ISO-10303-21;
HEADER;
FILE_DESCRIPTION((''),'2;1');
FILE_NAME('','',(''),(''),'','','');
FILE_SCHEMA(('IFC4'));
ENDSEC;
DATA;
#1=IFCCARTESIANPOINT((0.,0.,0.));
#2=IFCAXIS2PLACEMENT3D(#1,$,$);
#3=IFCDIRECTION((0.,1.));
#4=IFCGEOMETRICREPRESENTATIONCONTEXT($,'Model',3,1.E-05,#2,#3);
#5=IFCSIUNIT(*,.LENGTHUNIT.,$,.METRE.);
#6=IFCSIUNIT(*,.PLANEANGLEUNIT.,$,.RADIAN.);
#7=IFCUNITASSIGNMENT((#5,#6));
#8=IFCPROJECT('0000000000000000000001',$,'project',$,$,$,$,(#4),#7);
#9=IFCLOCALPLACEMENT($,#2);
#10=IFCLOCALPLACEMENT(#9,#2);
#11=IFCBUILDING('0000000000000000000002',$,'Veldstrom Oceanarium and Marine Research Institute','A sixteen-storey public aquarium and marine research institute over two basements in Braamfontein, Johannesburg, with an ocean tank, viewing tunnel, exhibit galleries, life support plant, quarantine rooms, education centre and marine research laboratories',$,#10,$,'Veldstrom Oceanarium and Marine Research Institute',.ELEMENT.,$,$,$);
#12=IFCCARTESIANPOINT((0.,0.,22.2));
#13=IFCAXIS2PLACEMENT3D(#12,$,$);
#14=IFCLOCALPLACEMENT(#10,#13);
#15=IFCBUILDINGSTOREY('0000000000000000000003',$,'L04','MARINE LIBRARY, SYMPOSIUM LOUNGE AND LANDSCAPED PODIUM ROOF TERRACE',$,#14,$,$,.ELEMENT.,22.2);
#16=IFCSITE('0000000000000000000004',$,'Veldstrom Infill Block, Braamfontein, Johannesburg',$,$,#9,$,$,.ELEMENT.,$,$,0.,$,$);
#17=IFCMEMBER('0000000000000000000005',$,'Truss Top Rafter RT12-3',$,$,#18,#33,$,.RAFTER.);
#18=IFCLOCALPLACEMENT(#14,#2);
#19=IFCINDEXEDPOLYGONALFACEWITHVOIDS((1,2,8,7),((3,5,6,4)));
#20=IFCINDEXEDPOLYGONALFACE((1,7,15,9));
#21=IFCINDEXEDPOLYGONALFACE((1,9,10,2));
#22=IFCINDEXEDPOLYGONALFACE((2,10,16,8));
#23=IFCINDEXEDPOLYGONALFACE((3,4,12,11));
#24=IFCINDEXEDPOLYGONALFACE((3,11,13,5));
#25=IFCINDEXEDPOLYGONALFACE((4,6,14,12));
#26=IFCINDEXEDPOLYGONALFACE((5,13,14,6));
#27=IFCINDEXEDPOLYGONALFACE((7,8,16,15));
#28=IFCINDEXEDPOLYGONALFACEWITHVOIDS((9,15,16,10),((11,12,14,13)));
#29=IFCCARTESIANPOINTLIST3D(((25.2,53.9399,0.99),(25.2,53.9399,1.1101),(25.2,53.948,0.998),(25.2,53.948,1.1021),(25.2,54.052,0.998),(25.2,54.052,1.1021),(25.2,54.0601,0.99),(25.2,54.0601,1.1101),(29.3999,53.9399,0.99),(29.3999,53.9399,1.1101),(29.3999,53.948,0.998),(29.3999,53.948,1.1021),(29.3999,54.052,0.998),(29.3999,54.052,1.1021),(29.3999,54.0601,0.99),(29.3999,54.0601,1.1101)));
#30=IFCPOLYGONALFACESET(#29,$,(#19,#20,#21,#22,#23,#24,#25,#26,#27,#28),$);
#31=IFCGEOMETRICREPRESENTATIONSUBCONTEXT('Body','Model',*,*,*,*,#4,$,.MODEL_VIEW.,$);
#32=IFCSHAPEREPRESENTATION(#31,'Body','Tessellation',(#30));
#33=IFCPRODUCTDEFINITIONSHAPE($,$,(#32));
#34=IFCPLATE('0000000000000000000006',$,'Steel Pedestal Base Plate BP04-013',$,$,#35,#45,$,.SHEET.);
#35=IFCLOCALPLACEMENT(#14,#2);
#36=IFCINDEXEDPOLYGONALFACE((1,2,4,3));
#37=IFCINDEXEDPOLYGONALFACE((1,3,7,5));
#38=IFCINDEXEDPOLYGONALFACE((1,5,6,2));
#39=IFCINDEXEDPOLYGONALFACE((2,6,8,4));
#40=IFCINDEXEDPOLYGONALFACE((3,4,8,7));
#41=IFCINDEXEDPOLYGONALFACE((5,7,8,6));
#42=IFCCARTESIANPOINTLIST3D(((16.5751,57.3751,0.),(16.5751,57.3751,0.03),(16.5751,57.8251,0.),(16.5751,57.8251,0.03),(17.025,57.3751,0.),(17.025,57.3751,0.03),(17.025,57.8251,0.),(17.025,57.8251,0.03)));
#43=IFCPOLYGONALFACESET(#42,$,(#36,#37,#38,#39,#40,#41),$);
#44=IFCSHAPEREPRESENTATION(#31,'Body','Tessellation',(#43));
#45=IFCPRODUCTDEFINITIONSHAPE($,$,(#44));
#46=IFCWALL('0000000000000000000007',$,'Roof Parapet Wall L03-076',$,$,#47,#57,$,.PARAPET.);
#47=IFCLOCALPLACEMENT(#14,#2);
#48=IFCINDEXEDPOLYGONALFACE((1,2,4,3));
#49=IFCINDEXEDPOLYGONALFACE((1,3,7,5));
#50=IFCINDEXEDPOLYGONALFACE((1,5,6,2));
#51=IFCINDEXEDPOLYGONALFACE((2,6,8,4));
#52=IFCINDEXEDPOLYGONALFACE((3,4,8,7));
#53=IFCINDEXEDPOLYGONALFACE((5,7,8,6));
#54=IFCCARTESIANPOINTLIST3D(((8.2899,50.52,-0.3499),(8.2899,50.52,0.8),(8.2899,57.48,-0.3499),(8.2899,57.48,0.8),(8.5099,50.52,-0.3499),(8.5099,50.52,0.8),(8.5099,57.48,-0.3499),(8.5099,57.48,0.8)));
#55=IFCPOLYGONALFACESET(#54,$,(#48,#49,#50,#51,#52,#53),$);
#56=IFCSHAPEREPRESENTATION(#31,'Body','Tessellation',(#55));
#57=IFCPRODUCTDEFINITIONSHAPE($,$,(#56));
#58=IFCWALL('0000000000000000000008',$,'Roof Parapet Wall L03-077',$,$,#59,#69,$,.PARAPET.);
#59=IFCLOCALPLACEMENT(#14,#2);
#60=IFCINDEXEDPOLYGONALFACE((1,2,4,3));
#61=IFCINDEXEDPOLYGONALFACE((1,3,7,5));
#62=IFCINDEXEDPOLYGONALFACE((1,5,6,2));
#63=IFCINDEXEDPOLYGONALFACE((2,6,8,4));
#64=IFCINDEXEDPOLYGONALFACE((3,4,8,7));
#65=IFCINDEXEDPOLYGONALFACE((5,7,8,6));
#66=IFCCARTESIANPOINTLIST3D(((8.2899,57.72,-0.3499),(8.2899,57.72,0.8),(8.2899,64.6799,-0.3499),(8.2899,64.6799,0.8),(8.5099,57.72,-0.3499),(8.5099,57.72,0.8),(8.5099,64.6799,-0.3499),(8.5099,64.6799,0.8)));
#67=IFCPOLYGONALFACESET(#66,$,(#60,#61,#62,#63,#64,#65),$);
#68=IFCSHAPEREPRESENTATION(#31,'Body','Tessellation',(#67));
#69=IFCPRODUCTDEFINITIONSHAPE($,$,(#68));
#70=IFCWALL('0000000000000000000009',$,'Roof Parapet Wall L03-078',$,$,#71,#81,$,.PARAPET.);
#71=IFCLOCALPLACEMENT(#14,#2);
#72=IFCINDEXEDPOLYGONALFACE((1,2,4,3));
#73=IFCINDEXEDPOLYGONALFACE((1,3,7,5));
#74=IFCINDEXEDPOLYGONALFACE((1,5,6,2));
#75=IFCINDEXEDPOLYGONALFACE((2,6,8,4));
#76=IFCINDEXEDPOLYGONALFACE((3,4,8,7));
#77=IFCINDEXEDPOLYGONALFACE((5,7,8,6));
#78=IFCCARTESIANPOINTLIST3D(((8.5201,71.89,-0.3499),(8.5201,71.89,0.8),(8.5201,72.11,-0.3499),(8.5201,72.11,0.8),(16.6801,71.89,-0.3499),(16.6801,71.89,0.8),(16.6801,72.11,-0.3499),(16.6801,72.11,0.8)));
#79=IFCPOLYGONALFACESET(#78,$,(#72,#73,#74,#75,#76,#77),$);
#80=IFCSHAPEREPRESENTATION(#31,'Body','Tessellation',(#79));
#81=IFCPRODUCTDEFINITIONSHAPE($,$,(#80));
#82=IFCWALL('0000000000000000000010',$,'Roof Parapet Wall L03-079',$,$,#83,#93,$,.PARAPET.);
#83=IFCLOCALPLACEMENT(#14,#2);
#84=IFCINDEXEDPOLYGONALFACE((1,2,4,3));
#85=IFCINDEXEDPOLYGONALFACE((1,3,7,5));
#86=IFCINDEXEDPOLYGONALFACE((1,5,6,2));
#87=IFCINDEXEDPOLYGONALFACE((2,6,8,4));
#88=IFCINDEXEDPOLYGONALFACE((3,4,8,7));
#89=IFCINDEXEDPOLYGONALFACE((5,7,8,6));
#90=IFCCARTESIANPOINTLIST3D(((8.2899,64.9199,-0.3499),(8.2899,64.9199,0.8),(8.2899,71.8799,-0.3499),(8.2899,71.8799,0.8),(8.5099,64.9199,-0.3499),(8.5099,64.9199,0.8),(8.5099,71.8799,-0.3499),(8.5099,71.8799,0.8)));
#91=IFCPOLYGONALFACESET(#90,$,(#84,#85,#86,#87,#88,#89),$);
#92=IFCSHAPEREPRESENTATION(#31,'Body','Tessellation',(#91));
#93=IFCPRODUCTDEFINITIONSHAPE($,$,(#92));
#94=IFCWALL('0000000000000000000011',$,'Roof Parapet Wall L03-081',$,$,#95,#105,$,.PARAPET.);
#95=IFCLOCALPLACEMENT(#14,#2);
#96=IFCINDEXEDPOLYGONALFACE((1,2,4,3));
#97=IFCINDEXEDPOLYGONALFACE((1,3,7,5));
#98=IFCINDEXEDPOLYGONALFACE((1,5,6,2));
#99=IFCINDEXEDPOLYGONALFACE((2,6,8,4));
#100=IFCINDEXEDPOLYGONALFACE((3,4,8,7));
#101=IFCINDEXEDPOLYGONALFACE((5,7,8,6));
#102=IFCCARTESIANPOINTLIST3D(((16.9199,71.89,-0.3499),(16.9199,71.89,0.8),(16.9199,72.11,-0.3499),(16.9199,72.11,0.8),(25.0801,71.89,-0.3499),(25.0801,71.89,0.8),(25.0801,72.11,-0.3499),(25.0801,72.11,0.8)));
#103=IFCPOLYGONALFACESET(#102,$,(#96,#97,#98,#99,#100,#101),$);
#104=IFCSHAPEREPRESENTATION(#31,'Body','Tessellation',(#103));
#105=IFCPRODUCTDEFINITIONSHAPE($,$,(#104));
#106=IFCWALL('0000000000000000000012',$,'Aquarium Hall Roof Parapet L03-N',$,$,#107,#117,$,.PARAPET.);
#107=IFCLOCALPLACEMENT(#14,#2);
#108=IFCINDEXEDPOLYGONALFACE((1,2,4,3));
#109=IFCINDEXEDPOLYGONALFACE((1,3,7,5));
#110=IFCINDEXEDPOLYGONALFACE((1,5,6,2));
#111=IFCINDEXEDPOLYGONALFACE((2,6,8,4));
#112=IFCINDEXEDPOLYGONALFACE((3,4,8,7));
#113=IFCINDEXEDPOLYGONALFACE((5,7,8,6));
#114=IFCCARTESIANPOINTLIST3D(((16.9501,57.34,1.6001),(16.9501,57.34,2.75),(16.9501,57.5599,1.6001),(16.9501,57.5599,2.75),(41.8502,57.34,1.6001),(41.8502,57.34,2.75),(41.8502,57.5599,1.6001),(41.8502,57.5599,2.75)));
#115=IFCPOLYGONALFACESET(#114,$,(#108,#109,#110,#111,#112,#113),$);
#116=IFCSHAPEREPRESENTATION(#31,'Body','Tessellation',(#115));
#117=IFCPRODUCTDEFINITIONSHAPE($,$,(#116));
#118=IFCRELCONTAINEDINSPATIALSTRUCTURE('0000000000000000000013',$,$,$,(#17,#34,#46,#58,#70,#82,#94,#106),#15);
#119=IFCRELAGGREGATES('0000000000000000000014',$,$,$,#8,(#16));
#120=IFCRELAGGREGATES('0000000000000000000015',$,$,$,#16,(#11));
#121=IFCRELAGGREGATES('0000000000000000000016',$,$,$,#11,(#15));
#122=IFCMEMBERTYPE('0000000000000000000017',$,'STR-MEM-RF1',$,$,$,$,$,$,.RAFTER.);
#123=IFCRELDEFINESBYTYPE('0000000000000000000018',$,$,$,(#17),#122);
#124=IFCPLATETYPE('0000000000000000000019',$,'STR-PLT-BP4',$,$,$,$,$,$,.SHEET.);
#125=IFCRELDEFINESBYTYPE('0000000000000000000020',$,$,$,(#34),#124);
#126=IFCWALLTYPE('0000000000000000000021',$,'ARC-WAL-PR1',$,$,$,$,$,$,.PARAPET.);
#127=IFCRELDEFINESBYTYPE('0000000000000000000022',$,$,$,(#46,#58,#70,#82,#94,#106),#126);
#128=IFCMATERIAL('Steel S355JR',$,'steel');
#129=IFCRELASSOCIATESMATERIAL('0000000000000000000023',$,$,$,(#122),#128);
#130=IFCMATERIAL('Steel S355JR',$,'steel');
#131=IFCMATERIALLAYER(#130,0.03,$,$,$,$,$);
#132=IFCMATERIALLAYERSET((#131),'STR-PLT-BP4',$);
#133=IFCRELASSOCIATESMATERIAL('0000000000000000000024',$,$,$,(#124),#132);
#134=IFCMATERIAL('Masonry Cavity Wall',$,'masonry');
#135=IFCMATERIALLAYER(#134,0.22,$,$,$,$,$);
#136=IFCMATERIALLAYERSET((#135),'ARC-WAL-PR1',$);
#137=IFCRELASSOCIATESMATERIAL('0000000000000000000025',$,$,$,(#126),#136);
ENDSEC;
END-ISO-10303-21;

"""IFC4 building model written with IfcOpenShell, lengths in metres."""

from ifc_helpers import new_model, si_unit, direction, frame, frame_2d, origin, origin_2d, place, context, subcontext, project, spatial, rectangle, hollow_rectangle, extrude, material, layer, layer_set, material_profile, profile_set, type_object, element, save


model = new_model("IFC4")

# Units and contexts
model_context = context("Model", 3, precision=1e-05, world=origin(), true_north=direction((0.0, 1.0)))
body_context = subcontext(model_context, "Body", "Model", "MODEL_VIEW")
ifc_project = project(units=[si_unit("LENGTHUNIT", "METRE"), si_unit("PLANEANGLEUNIT", "RADIAN")], contexts=[model_context])

# Site, building, storey
site_placement = place(None, origin())
site = spatial("IfcSite", under=ifc_project, at=site_placement, Name="Veldstrom Infill Block, Braamfontein, Johannesburg", CompositionType="ELEMENT", RefElevation=0.0)
building_placement = place(site_placement, origin())
building = spatial("IfcBuilding", under=site, at=building_placement, Name="Veldstrom Oceanarium and Marine Research Institute", Description="A sixteen-storey public aquarium and marine research institute over two basements in Braamfontein, Johannesburg, with an ocean tank, viewing tunnel, exhibit galleries, life support plant, quarantine rooms, education centre and marine research laboratories", LongName="Veldstrom Oceanarium and Marine Research Institute", CompositionType="ELEMENT")
storey_placement = place(building_placement, frame((0.0, 0.0, 22.2)))
storey = spatial("IfcBuildingStorey", under=building, at=storey_placement, Name="L04", Description="MARINE LIBRARY, SYMPOSIUM LOUNGE AND LANDSCAPED PODIUM ROOF TERRACE", CompositionType="ELEMENT", Elevation=22.2)

# Member
ifc_material_1 = material(Name="Steel S355JR", Category="steel")
ifc_material_profile_1 = material_profile(ifc_material_1, hollow_rectangle(XDim=0.1201, YDim=0.1201, WallThickness=0.0081, at=origin_2d()), Name="SHS 120x120x8")
ifc_profile_set_1 = profile_set([ifc_material_profile_1], Name="Steel S355JR")
member_type_1 = type_object("IfcMemberType", Name="STR-MEM-RF1", PredefinedType="RAFTER", material=ifc_profile_set_1)
for number, where, z_axis, x_axis, name in (
    (1, (25.2, 54.0, 1.05), (1.0, 0.0, 0.0), (0.0, 1.0, 0.0), "Truss Top Rafter RT12-3"),
):
    element("IfcMember", number, at=place(storey_placement, frame(where, z_axis=z_axis, x_axis=x_axis)), inside=storey, type_object=member_type_1, Name=name, PredefinedType="RAFTER", context=body_context, shape_type="SweptSolid", body=[
        extrude(hollow_rectangle(XDim=0.1201, YDim=0.1201, WallThickness=0.0081, at=origin_2d()), origin(), (0.0, 0.0, 1.0), 4.2),
    ])

# Plate
ifc_material_2 = material(Name="Steel S355JR", Category="steel")
ifc_layer_1 = layer(ifc_material_2, 0.03)
ifc_layer_set_1 = layer_set([ifc_layer_1], Name="STR-PLT-BP4")
plate_type = type_object("IfcPlateType", Name="STR-PLT-BP4", PredefinedType="SHEET", material=ifc_layer_set_1)
plate_placement = place(storey_placement, frame((16.8, 57.6001, 0.0), z_axis=(0.0, 0.0, 1.0), x_axis=(1.0, 0.0, 0.0)))
element("IfcPlate", 2, at=plate_placement, inside=storey, type_object=plate_type, Name="Steel Pedestal Base Plate BP04-013", PredefinedType="SHEET", context=body_context, shape_type="SweptSolid", body=[
    extrude(rectangle(XDim=0.45, YDim=0.45, at=origin_2d()), origin(), (0.0, 0.0, 1.0), 0.03),
])

# Walls
ifc_material_3 = material(Name="Masonry Cavity Wall", Category="masonry")
ifc_layer_2 = layer(ifc_material_3, 0.22)
ifc_layer_set_2 = layer_set([ifc_layer_2], Name="ARC-WAL-PR1")
wall_type = type_object("IfcWallType", Name="ARC-WAL-PR1", PredefinedType="PARAPET", material=ifc_layer_set_2)
for number, where, z_axis, x_axis, name in (
    (3, (8.3999, 50.52, -0.3499), (0.0, 0.0, 1.0), (0.0, 1.0, 0.0), "Roof Parapet Wall L03-076"),
    (4, (8.3999, 57.72, -0.3499), (0.0, 0.0, 1.0), (0.0, 1.0, 0.0), "Roof Parapet Wall L03-077"),
):
    element("IfcWall", number, at=place(storey_placement, frame(where, z_axis=z_axis, x_axis=x_axis)), inside=storey, type_object=wall_type, Name=name, PredefinedType="PARAPET", context=body_context, shape_type="SweptSolid", body=[
        extrude(rectangle(XDim=6.96, YDim=0.22, at=frame_2d((3.48, 0.0))), origin(), (0.0, 0.0, 1.0), 1.1499),
    ])
wall_1_placement = place(storey_placement, frame((8.52, 72.0, -0.3499), z_axis=(0.0, 0.0, 1.0), x_axis=(1.0, 0.0, 0.0)))
element("IfcWall", 5, at=wall_1_placement, inside=storey, type_object=wall_type, Name="Roof Parapet Wall L03-078", PredefinedType="PARAPET", context=body_context, shape_type="SweptSolid", body=[
    extrude(rectangle(XDim=8.1599, YDim=0.22, at=frame_2d((4.0801, 0.0))), origin(), (0.0, 0.0, 1.0), 1.1499),
])
wall_2_placement = place(storey_placement, frame((8.3999, 64.9199, -0.3499), z_axis=(0.0, 0.0, 1.0), x_axis=(0.0, 1.0, 0.0)))
element("IfcWall", 6, at=wall_2_placement, inside=storey, type_object=wall_type, Name="Roof Parapet Wall L03-079", PredefinedType="PARAPET", context=body_context, shape_type="SweptSolid", body=[
    extrude(rectangle(XDim=6.96, YDim=0.22, at=frame_2d((3.48, 0.0))), origin(), (0.0, 0.0, 1.0), 1.1499),
])
wall_3_placement = place(storey_placement, frame((16.9199, 72.0, -0.3499), z_axis=(0.0, 0.0, 1.0), x_axis=(1.0, 0.0, 0.0)))
element("IfcWall", 7, at=wall_3_placement, inside=storey, type_object=wall_type, Name="Roof Parapet Wall L03-081", PredefinedType="PARAPET", context=body_context, shape_type="SweptSolid", body=[
    extrude(rectangle(XDim=8.1602, YDim=0.22, at=frame_2d((4.0801, 0.0))), origin(), (0.0, 0.0, 1.0), 1.1499),
])
wall_4_placement = place(storey_placement, frame((16.95, 57.45, 1.6001), z_axis=(0.0, 0.0, 1.0), x_axis=(1.0, 0.0, 0.0)))
element("IfcWall", 8, at=wall_4_placement, inside=storey, type_object=wall_type, Name="Aquarium Hall Roof Parapet L03-N", PredefinedType="PARAPET", context=body_context, shape_type="SweptSolid", body=[
    extrude(rectangle(XDim=24.9001, YDim=0.22, at=frame_2d((12.4502, 0.0))), origin(), (0.0, 0.0, 1.0), 1.1499),
])

save(model, "model.ifc")
